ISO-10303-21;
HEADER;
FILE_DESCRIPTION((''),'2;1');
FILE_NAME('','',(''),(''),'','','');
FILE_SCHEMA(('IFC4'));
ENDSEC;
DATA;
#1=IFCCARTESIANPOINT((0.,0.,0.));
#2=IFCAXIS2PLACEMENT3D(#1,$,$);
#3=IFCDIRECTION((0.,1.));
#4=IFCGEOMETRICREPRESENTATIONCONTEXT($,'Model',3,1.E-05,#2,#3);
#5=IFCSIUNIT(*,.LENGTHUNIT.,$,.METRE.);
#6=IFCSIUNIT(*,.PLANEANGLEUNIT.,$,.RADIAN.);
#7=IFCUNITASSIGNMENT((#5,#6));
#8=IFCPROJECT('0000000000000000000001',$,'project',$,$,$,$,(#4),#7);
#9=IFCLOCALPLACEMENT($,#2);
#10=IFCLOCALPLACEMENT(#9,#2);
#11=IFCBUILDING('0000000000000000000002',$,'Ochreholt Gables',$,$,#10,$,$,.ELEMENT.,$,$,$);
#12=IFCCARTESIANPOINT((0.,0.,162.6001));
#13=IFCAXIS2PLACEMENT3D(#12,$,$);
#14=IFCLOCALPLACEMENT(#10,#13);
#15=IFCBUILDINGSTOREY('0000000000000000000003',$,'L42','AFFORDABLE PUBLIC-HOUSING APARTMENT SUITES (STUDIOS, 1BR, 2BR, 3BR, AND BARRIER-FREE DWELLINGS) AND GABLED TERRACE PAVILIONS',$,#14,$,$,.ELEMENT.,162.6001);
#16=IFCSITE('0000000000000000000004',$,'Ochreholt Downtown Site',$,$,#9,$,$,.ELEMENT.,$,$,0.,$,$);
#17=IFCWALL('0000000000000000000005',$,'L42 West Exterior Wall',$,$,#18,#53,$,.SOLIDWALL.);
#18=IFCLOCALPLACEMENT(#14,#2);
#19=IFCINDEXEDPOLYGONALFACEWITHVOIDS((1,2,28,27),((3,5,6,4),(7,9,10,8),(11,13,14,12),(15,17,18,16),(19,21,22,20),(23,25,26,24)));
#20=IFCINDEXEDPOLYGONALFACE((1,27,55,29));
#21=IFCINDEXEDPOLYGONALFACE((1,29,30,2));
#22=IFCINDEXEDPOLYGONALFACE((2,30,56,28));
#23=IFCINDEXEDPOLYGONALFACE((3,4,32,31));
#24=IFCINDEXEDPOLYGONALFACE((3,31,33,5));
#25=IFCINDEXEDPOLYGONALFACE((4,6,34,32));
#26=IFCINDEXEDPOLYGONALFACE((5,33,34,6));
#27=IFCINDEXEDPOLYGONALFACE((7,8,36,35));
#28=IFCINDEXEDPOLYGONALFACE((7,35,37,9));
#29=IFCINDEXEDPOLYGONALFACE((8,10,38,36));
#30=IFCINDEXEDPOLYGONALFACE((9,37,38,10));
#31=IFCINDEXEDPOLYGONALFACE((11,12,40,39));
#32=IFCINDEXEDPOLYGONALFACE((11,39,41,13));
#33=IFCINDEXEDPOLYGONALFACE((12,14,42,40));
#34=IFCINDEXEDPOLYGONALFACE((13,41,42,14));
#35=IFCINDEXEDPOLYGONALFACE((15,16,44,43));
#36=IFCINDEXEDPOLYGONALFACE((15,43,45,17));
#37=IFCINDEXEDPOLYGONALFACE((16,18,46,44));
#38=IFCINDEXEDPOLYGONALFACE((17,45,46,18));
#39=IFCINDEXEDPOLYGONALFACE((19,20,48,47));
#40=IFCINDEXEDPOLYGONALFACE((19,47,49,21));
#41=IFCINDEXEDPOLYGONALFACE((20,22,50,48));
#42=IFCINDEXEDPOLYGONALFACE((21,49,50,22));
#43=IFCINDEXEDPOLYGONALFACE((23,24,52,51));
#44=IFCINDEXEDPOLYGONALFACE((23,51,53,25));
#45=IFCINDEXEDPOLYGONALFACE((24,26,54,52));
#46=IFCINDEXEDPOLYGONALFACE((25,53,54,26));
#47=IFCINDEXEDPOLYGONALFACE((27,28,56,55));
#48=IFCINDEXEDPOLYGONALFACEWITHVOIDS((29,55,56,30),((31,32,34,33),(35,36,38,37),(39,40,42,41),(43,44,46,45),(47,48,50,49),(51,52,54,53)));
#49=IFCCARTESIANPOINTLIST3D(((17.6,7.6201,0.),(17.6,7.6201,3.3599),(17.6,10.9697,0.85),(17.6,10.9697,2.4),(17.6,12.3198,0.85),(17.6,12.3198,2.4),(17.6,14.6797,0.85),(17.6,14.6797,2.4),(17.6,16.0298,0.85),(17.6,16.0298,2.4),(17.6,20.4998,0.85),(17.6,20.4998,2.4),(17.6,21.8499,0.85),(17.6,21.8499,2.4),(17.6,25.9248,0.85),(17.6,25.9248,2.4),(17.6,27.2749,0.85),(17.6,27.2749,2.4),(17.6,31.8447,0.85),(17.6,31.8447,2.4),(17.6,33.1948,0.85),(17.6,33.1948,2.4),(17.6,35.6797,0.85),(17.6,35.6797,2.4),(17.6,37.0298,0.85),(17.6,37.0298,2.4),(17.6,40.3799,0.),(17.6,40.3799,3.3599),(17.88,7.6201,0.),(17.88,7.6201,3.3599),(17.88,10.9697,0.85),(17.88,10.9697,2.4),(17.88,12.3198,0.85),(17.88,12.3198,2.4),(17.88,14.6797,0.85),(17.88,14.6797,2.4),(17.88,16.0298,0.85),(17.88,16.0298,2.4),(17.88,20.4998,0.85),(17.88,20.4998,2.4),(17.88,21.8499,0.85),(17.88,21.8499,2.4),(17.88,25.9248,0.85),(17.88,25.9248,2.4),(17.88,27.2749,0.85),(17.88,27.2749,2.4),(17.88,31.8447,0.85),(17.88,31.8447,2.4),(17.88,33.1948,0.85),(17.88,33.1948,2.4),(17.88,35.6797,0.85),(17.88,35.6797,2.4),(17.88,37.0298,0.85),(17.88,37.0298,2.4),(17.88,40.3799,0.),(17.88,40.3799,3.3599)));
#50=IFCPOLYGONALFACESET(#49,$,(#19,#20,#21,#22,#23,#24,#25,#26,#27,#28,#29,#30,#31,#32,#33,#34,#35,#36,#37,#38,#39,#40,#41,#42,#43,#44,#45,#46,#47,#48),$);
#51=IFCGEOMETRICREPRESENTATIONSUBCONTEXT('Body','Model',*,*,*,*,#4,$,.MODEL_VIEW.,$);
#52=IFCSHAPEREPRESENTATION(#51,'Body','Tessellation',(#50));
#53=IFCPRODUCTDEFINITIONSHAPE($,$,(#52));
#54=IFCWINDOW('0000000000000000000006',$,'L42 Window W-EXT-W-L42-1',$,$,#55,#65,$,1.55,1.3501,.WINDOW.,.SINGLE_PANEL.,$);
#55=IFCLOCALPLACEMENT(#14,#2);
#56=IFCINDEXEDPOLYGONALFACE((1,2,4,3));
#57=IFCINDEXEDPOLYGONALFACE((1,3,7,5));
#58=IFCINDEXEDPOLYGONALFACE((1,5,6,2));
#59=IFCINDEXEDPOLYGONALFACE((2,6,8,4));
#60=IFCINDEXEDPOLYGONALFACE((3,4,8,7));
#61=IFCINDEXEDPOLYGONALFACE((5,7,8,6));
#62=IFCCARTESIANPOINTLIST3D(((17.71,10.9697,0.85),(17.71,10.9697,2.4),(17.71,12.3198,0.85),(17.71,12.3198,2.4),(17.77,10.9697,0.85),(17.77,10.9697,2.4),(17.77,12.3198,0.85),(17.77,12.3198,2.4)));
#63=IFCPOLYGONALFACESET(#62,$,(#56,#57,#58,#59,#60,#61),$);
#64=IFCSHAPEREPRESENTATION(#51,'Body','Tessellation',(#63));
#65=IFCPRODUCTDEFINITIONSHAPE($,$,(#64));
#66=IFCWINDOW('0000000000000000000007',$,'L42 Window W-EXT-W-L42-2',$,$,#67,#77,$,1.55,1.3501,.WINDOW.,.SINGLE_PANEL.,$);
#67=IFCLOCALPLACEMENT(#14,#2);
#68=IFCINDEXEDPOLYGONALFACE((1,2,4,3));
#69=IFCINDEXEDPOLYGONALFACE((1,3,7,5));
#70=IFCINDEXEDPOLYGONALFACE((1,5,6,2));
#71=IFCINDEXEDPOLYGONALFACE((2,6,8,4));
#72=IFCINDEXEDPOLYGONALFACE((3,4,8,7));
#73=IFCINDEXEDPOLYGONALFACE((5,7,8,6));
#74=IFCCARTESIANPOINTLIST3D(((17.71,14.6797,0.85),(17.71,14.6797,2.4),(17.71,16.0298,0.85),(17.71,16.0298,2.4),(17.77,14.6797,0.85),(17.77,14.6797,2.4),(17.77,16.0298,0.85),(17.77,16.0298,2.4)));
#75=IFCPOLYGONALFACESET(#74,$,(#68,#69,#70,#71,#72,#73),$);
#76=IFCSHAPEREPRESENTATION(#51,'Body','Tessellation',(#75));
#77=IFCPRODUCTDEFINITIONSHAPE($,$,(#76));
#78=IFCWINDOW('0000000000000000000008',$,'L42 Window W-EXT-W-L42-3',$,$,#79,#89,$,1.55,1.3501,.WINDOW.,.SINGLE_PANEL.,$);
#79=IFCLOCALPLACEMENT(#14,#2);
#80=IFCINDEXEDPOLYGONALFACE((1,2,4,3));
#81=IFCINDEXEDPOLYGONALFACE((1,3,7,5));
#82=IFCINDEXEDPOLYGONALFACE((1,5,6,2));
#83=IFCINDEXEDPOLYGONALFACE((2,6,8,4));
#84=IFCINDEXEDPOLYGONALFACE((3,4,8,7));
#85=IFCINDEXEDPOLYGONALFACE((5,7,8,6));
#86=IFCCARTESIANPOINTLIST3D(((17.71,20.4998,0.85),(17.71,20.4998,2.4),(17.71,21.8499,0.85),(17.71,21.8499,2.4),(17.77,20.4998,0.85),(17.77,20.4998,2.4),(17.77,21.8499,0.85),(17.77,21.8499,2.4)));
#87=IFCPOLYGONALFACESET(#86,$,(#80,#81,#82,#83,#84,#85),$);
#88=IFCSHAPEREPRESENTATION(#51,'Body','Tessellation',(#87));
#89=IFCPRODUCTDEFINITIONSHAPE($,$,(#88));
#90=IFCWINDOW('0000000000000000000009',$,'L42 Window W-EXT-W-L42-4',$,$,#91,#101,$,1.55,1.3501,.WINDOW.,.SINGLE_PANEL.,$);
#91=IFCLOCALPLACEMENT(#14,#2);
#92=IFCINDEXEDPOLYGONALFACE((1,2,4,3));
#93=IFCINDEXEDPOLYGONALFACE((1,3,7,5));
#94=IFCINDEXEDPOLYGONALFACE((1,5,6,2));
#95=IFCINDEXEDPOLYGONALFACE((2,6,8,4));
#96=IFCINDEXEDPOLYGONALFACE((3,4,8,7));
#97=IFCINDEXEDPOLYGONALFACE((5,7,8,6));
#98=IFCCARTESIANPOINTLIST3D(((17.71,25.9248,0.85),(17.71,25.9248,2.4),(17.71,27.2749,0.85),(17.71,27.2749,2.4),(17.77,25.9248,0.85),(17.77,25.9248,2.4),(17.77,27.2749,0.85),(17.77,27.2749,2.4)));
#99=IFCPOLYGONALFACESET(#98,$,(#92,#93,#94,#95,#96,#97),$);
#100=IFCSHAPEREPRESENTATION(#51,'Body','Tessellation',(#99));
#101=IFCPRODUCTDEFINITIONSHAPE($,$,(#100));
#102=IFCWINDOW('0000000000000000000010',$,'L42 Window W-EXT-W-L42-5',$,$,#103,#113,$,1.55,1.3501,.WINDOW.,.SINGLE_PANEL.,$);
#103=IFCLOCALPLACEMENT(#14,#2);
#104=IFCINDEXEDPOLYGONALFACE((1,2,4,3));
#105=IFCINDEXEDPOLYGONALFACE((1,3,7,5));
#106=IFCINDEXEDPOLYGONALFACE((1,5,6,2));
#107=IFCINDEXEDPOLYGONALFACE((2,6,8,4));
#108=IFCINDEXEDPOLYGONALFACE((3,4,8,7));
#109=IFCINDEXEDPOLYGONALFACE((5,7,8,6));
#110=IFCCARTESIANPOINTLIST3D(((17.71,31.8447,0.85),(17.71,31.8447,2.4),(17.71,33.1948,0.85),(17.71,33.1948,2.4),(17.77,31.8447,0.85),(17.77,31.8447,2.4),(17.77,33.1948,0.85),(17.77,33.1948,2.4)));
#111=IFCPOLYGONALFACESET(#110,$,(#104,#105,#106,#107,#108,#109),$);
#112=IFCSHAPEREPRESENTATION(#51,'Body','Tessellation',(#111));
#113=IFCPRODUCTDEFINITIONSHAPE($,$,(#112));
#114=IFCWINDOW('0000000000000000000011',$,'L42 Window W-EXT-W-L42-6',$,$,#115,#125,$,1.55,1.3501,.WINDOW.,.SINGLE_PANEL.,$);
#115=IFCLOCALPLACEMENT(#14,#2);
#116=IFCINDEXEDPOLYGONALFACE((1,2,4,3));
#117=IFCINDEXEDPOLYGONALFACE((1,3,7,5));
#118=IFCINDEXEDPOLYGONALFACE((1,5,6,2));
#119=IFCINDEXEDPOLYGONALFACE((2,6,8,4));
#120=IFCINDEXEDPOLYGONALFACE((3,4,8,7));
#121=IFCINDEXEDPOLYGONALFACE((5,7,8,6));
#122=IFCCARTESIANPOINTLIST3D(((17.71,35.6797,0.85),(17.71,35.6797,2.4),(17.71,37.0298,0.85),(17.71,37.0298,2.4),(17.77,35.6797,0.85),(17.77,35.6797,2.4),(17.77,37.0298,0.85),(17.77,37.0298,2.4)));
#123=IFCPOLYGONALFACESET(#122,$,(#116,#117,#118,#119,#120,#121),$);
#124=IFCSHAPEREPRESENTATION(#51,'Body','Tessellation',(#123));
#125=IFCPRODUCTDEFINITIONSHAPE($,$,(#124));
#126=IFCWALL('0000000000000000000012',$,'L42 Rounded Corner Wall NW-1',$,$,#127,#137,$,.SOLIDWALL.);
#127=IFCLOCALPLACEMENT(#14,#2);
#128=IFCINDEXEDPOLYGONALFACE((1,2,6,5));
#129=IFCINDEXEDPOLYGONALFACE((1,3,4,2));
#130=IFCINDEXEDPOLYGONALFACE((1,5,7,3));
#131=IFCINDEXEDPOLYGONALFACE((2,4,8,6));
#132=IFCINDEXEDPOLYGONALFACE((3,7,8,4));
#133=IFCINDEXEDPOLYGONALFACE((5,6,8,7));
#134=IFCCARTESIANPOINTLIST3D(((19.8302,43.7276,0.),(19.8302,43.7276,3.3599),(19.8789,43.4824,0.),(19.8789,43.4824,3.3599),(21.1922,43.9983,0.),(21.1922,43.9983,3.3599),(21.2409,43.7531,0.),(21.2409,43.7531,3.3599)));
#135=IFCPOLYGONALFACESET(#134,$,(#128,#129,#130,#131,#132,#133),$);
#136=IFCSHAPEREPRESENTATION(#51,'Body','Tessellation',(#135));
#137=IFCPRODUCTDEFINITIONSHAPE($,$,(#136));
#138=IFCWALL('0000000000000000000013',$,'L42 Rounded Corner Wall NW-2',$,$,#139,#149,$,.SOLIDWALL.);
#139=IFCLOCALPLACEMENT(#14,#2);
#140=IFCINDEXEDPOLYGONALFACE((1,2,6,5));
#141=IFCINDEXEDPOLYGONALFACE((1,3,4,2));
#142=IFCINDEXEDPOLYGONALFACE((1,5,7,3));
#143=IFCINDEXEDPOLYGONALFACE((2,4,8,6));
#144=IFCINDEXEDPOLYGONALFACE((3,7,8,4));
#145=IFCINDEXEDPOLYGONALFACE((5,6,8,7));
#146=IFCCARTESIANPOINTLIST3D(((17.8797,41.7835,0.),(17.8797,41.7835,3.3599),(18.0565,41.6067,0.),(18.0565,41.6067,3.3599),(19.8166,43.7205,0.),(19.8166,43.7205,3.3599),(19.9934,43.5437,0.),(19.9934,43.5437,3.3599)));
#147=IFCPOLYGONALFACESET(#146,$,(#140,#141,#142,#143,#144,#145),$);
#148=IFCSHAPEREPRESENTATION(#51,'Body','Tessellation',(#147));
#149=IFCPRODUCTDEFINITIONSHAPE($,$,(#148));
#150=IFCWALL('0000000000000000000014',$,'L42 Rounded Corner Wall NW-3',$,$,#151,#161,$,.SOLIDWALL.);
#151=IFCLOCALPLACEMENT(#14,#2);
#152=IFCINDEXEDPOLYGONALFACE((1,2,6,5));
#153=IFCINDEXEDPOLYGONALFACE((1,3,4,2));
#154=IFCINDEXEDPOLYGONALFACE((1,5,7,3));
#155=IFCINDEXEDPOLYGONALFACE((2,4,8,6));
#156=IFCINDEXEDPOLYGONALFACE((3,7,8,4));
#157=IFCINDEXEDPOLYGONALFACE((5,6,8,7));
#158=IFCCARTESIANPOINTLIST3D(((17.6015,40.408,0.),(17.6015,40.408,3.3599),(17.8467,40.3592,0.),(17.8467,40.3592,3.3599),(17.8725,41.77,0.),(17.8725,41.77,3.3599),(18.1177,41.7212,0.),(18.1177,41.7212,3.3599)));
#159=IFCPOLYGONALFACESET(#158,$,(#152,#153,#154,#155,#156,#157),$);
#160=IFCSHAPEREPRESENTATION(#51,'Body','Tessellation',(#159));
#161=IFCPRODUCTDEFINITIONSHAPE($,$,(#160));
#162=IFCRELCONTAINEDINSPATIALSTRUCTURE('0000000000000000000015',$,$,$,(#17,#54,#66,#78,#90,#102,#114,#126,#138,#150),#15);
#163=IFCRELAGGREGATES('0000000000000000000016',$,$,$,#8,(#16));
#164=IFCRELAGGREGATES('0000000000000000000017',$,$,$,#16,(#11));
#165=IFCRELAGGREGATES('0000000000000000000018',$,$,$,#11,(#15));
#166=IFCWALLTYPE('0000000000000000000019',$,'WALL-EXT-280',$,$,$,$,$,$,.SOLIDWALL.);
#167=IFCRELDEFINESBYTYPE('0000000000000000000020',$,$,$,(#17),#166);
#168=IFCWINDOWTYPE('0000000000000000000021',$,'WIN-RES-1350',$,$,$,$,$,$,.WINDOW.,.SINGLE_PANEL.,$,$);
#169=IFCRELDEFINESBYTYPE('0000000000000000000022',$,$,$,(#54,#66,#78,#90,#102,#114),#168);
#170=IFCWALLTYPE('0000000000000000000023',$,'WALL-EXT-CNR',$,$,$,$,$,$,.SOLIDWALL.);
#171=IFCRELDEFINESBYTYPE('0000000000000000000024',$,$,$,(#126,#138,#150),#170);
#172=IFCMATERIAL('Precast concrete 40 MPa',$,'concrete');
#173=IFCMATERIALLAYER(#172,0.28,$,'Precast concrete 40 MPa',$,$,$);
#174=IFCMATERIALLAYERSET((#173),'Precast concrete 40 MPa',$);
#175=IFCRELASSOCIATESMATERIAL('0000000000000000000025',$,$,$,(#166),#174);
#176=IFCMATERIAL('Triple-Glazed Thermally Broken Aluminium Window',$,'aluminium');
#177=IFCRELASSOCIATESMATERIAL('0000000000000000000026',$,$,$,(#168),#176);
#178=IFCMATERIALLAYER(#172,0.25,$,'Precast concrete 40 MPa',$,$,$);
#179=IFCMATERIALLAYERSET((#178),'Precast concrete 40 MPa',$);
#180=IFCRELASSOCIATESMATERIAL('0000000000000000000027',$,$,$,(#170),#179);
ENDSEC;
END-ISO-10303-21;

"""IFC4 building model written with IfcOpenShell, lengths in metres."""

from ifc_helpers import new_model, si_unit, direction, frame, frame_2d, origin, place, context, subcontext, project, spatial, rectangle, extrude, material, layer, layer_set, type_object, element, fill, save


model = new_model("IFC4")

# Units and contexts
model_context = context("Model", 3, precision=1e-05, world=origin(), true_north=direction((0.0, 1.0)))
body_context = subcontext(model_context, "Body", "Model", "MODEL_VIEW")
ifc_project = project(units=[si_unit("LENGTHUNIT", "METRE"), si_unit("PLANEANGLEUNIT", "RADIAN")], contexts=[model_context])

# Site, building, storey
site_placement = place(None, origin())
site = spatial("IfcSite", under=ifc_project, at=site_placement, Name="Ochreholt Downtown Site", CompositionType="ELEMENT", RefElevation=0.0)
building_placement = place(site_placement, origin())
building = spatial("IfcBuilding", under=site, at=building_placement, Name="Ochreholt Gables", CompositionType="ELEMENT")
storey_placement = place(building_placement, frame((0.0, 0.0, 162.6001)))
storey = spatial("IfcBuildingStorey", under=building, at=storey_placement, Name="L42", Description="AFFORDABLE PUBLIC-HOUSING APARTMENT SUITES (STUDIOS, 1BR, 2BR, 3BR, AND BARRIER-FREE DWELLINGS) AND GABLED TERRACE PAVILIONS", CompositionType="ELEMENT", Elevation=162.6001)

# Wall, openings, windows
ifc_material_1 = material(Name="Precast concrete 40 MPa", Category="concrete")
ifc_layer_1 = layer(ifc_material_1, 0.28, Name="Precast concrete 40 MPa")
ifc_layer_set_1 = layer_set([ifc_layer_1], Name="Precast concrete 40 MPa")
wall_type_1 = type_object("IfcWallType", Name="WALL-EXT-280", PredefinedType="SOLIDWALL", material=ifc_layer_set_1)
wall_1_placement = place(storey_placement, frame((17.74, 40.3799, 0.0), z_axis=(0.0, 0.0, 1.0), x_axis=(0.0, -1.0, 0.0)))
wall_1 = element("IfcWall", 1, at=wall_1_placement, inside=storey, type_object=wall_type_1, Name="L42 West Exterior Wall", PredefinedType="SOLIDWALL", context=body_context, shape_type="SweptSolid", body=[
    extrude(rectangle(XDim=32.7598, YDim=0.28, at=frame_2d((16.3799, 0.0))), origin(), (0.0, 0.0, 1.0), 3.3599),
])
opening_1_placement = place(wall_1_placement, frame((28.0601, 0.0, 0.8501)))
opening_1 = element("IfcOpeningElement", 2, at=opening_1_placement, cuts=wall_1, PredefinedType="OPENING", context=body_context, shape_type="SweptSolid", body=[
    extrude(rectangle(XDim=1.3501, YDim=1.55, at=frame_2d((0.675, 0.7749))), frame((0.0, 0.1499, 0.0), z_axis=(0.0, -1.0, 0.0), x_axis=(1.0, 0.0, 0.0)), (0.0, 0.0, 1.0), 0.3),
])
opening_2_placement = place(wall_1_placement, frame((24.3501, 0.0, 0.8501)))
opening_2 = element("IfcOpeningElement", 3, at=opening_2_placement, cuts=wall_1, PredefinedType="OPENING", context=body_context, shape_type="SweptSolid", body=[
    extrude(rectangle(XDim=1.3501, YDim=1.55, at=frame_2d((0.675, 0.7749))), frame((0.0, 0.1499, 0.0), z_axis=(0.0, -1.0, 0.0), x_axis=(1.0, 0.0, 0.0)), (0.0, 0.0, 1.0), 0.3),
])
opening_3_placement = place(wall_1_placement, frame((18.53, 0.0, 0.8501)))
opening_3 = element("IfcOpeningElement", 4, at=opening_3_placement, cuts=wall_1, PredefinedType="OPENING", context=body_context, shape_type="SweptSolid", body=[
    extrude(rectangle(XDim=1.3501, YDim=1.55, at=frame_2d((0.675, 0.7749))), frame((0.0, 0.1499, 0.0), z_axis=(0.0, -1.0, 0.0), x_axis=(1.0, 0.0, 0.0)), (0.0, 0.0, 1.0), 0.3),
])
opening_4_placement = place(wall_1_placement, frame((13.105, 0.0, 0.8501)))
opening_4 = element("IfcOpeningElement", 5, at=opening_4_placement, cuts=wall_1, PredefinedType="OPENING", context=body_context, shape_type="SweptSolid", body=[
    extrude(rectangle(XDim=1.3501, YDim=1.55, at=frame_2d((0.675, 0.7749))), frame((0.0, 0.1499, 0.0), z_axis=(0.0, -1.0, 0.0), x_axis=(1.0, 0.0, 0.0)), (0.0, 0.0, 1.0), 0.3),
])
opening_5_placement = place(wall_1_placement, frame((7.1851, 0.0, 0.8501)))
opening_5 = element("IfcOpeningElement", 6, at=opening_5_placement, cuts=wall_1, PredefinedType="OPENING", context=body_context, shape_type="SweptSolid", body=[
    extrude(rectangle(XDim=1.3501, YDim=1.55, at=frame_2d((0.675, 0.7749))), frame((0.0, 0.1499, 0.0), z_axis=(0.0, -1.0, 0.0), x_axis=(1.0, 0.0, 0.0)), (0.0, 0.0, 1.0), 0.3),
])
opening_6_placement = place(wall_1_placement, frame((3.3501, 0.0, 0.8501)))
opening_6 = element("IfcOpeningElement", 7, at=opening_6_placement, cuts=wall_1, PredefinedType="OPENING", context=body_context, shape_type="SweptSolid", body=[
    extrude(rectangle(XDim=1.3501, YDim=1.55, at=frame_2d((0.675, 0.7749))), frame((0.0, 0.1499, 0.0), z_axis=(0.0, -1.0, 0.0), x_axis=(1.0, 0.0, 0.0)), (0.0, 0.0, 1.0), 0.3),
])
ifc_material_2 = material(Name="Triple-Glazed Thermally Broken Aluminium Window", Category="aluminium")
window_type = type_object("IfcWindowType", Name="WIN-RES-1350", PartitioningType="SINGLE_PANEL", PredefinedType="WINDOW", material=ifc_material_2)
window_1_placement = place(opening_1_placement, origin())
window_1 = element("IfcWindow", 8, at=window_1_placement, inside=storey, type_object=window_type, Name="L42 Window W-EXT-W-L42-1", OverallHeight=1.55, OverallWidth=1.3501, PartitioningType="SINGLE_PANEL", PredefinedType="WINDOW", context=body_context, shape_type="SweptSolid", body=[
    extrude(rectangle(XDim=1.3501, YDim=1.55, at=frame_2d((0.675, 0.7749))), frame((0.0, 0.03, 0.0), z_axis=(0.0, -1.0, 0.0), x_axis=(1.0, 0.0, 0.0)), (0.0, 0.0, 1.0), 0.0601),
])
fill(opening_1, window_1)
window_2_placement = place(opening_2_placement, origin())
window_2 = element("IfcWindow", 9, at=window_2_placement, inside=storey, type_object=window_type, Name="L42 Window W-EXT-W-L42-2", OverallHeight=1.55, OverallWidth=1.3501, PartitioningType="SINGLE_PANEL", PredefinedType="WINDOW", context=body_context, shape_type="SweptSolid", body=[
    extrude(rectangle(XDim=1.3501, YDim=1.55, at=frame_2d((0.675, 0.7749))), frame((0.0, 0.03, 0.0), z_axis=(0.0, -1.0, 0.0), x_axis=(1.0, 0.0, 0.0)), (0.0, 0.0, 1.0), 0.0601),
])
fill(opening_2, window_2)
window_3_placement = place(opening_3_placement, origin())
window_3 = element("IfcWindow", 10, at=window_3_placement, inside=storey, type_object=window_type, Name="L42 Window W-EXT-W-L42-3", OverallHeight=1.55, OverallWidth=1.3501, PartitioningType="SINGLE_PANEL", PredefinedType="WINDOW", context=body_context, shape_type="SweptSolid", body=[
    extrude(rectangle(XDim=1.3501, YDim=1.55, at=frame_2d((0.675, 0.7749))), frame((0.0, 0.03, 0.0), z_axis=(0.0, -1.0, 0.0), x_axis=(1.0, 0.0, 0.0)), (0.0, 0.0, 1.0), 0.0601),
])
fill(opening_3, window_3)
window_4_placement = place(opening_4_placement, origin())
window_4 = element("IfcWindow", 11, at=window_4_placement, inside=storey, type_object=window_type, Name="L42 Window W-EXT-W-L42-4", OverallHeight=1.55, OverallWidth=1.3501, PartitioningType="SINGLE_PANEL", PredefinedType="WINDOW", context=body_context, shape_type="SweptSolid", body=[
    extrude(rectangle(XDim=1.3501, YDim=1.55, at=frame_2d((0.675, 0.7749))), frame((0.0, 0.03, 0.0), z_axis=(0.0, -1.0, 0.0), x_axis=(1.0, 0.0, 0.0)), (0.0, 0.0, 1.0), 0.0601),
])
fill(opening_4, window_4)
window_5_placement = place(opening_5_placement, origin())
window_5 = element("IfcWindow", 12, at=window_5_placement, inside=storey, type_object=window_type, Name="L42 Window W-EXT-W-L42-5", OverallHeight=1.55, OverallWidth=1.3501, PartitioningType="SINGLE_PANEL", PredefinedType="WINDOW", context=body_context, shape_type="SweptSolid", body=[
    extrude(rectangle(XDim=1.3501, YDim=1.55, at=frame_2d((0.675, 0.7749))), frame((0.0, 0.03, 0.0), z_axis=(0.0, -1.0, 0.0), x_axis=(1.0, 0.0, 0.0)), (0.0, 0.0, 1.0), 0.0601),
])
fill(opening_5, window_5)
window_6_placement = place(opening_6_placement, origin())
window_6 = element("IfcWindow", 13, at=window_6_placement, inside=storey, type_object=window_type, Name="L42 Window W-EXT-W-L42-6", OverallHeight=1.55, OverallWidth=1.3501, PartitioningType="SINGLE_PANEL", PredefinedType="WINDOW", context=body_context, shape_type="SweptSolid", body=[
    extrude(rectangle(XDim=1.3501, YDim=1.55, at=frame_2d((0.675, 0.7749))), frame((0.0, 0.03, 0.0), z_axis=(0.0, -1.0, 0.0), x_axis=(1.0, 0.0, 0.0)), (0.0, 0.0, 1.0), 0.0601),
])
fill(opening_6, window_6)

# Walls
ifc_layer_2 = layer(ifc_material_1, 0.25, Name="Precast concrete 40 MPa")
ifc_layer_set_2 = layer_set([ifc_layer_2], Name="Precast concrete 40 MPa")
wall_type_2 = type_object("IfcWallType", Name="WALL-EXT-CNR", PredefinedType="SOLIDWALL", material=ifc_layer_set_2)
wall_2_placement = place(storey_placement, frame((21.2166, 43.8757, 0.0), z_axis=(0.0, 0.0, 1.0), x_axis=(-0.98081, -0.194967, 0.0)))
element("IfcWall", 14, at=wall_2_placement, inside=storey, type_object=wall_type_2, Name="L42 Rounded Corner Wall NW-1", PredefinedType="SOLIDWALL", context=body_context, shape_type="SweptSolid", body=[
    extrude(rectangle(XDim=1.3887, YDim=0.25, at=frame_2d((0.6943, 0.0))), origin(), (0.0, 0.0, 1.0), 3.3599),
])
wall_3_placement = place(storey_placement, frame((19.905, 43.6321, 0.0), z_axis=(0.0, 0.0, 1.0), x_axis=(-0.707107, -0.707107, 0.0)))
element("IfcWall", 15, at=wall_3_placement, inside=storey, type_object=wall_type_2, Name="L42 Rounded Corner Wall NW-2", PredefinedType="SOLIDWALL", context=body_context, shape_type="SweptSolid", body=[
    extrude(rectangle(XDim=2.7393, YDim=0.25, at=frame_2d((1.3696, 0.0))), origin(), (0.0, 0.0, 1.0), 3.3599),
])
wall_4_placement = place(storey_placement, frame((17.9951, 41.7456, 0.0), z_axis=(0.0, 0.0, 1.0), x_axis=(-0.195136, -0.980776, 0.0)))
element("IfcWall", 16, at=wall_4_placement, inside=storey, type_object=wall_type_2, Name="L42 Rounded Corner Wall NW-3", PredefinedType="SOLIDWALL", context=body_context, shape_type="SweptSolid", body=[
    extrude(rectangle(XDim=1.3887, YDim=0.25, at=frame_2d((0.6943, 0.0))), origin(), (0.0, 0.0, 1.0), 3.3599),
])

save(model, "model.ifc")
